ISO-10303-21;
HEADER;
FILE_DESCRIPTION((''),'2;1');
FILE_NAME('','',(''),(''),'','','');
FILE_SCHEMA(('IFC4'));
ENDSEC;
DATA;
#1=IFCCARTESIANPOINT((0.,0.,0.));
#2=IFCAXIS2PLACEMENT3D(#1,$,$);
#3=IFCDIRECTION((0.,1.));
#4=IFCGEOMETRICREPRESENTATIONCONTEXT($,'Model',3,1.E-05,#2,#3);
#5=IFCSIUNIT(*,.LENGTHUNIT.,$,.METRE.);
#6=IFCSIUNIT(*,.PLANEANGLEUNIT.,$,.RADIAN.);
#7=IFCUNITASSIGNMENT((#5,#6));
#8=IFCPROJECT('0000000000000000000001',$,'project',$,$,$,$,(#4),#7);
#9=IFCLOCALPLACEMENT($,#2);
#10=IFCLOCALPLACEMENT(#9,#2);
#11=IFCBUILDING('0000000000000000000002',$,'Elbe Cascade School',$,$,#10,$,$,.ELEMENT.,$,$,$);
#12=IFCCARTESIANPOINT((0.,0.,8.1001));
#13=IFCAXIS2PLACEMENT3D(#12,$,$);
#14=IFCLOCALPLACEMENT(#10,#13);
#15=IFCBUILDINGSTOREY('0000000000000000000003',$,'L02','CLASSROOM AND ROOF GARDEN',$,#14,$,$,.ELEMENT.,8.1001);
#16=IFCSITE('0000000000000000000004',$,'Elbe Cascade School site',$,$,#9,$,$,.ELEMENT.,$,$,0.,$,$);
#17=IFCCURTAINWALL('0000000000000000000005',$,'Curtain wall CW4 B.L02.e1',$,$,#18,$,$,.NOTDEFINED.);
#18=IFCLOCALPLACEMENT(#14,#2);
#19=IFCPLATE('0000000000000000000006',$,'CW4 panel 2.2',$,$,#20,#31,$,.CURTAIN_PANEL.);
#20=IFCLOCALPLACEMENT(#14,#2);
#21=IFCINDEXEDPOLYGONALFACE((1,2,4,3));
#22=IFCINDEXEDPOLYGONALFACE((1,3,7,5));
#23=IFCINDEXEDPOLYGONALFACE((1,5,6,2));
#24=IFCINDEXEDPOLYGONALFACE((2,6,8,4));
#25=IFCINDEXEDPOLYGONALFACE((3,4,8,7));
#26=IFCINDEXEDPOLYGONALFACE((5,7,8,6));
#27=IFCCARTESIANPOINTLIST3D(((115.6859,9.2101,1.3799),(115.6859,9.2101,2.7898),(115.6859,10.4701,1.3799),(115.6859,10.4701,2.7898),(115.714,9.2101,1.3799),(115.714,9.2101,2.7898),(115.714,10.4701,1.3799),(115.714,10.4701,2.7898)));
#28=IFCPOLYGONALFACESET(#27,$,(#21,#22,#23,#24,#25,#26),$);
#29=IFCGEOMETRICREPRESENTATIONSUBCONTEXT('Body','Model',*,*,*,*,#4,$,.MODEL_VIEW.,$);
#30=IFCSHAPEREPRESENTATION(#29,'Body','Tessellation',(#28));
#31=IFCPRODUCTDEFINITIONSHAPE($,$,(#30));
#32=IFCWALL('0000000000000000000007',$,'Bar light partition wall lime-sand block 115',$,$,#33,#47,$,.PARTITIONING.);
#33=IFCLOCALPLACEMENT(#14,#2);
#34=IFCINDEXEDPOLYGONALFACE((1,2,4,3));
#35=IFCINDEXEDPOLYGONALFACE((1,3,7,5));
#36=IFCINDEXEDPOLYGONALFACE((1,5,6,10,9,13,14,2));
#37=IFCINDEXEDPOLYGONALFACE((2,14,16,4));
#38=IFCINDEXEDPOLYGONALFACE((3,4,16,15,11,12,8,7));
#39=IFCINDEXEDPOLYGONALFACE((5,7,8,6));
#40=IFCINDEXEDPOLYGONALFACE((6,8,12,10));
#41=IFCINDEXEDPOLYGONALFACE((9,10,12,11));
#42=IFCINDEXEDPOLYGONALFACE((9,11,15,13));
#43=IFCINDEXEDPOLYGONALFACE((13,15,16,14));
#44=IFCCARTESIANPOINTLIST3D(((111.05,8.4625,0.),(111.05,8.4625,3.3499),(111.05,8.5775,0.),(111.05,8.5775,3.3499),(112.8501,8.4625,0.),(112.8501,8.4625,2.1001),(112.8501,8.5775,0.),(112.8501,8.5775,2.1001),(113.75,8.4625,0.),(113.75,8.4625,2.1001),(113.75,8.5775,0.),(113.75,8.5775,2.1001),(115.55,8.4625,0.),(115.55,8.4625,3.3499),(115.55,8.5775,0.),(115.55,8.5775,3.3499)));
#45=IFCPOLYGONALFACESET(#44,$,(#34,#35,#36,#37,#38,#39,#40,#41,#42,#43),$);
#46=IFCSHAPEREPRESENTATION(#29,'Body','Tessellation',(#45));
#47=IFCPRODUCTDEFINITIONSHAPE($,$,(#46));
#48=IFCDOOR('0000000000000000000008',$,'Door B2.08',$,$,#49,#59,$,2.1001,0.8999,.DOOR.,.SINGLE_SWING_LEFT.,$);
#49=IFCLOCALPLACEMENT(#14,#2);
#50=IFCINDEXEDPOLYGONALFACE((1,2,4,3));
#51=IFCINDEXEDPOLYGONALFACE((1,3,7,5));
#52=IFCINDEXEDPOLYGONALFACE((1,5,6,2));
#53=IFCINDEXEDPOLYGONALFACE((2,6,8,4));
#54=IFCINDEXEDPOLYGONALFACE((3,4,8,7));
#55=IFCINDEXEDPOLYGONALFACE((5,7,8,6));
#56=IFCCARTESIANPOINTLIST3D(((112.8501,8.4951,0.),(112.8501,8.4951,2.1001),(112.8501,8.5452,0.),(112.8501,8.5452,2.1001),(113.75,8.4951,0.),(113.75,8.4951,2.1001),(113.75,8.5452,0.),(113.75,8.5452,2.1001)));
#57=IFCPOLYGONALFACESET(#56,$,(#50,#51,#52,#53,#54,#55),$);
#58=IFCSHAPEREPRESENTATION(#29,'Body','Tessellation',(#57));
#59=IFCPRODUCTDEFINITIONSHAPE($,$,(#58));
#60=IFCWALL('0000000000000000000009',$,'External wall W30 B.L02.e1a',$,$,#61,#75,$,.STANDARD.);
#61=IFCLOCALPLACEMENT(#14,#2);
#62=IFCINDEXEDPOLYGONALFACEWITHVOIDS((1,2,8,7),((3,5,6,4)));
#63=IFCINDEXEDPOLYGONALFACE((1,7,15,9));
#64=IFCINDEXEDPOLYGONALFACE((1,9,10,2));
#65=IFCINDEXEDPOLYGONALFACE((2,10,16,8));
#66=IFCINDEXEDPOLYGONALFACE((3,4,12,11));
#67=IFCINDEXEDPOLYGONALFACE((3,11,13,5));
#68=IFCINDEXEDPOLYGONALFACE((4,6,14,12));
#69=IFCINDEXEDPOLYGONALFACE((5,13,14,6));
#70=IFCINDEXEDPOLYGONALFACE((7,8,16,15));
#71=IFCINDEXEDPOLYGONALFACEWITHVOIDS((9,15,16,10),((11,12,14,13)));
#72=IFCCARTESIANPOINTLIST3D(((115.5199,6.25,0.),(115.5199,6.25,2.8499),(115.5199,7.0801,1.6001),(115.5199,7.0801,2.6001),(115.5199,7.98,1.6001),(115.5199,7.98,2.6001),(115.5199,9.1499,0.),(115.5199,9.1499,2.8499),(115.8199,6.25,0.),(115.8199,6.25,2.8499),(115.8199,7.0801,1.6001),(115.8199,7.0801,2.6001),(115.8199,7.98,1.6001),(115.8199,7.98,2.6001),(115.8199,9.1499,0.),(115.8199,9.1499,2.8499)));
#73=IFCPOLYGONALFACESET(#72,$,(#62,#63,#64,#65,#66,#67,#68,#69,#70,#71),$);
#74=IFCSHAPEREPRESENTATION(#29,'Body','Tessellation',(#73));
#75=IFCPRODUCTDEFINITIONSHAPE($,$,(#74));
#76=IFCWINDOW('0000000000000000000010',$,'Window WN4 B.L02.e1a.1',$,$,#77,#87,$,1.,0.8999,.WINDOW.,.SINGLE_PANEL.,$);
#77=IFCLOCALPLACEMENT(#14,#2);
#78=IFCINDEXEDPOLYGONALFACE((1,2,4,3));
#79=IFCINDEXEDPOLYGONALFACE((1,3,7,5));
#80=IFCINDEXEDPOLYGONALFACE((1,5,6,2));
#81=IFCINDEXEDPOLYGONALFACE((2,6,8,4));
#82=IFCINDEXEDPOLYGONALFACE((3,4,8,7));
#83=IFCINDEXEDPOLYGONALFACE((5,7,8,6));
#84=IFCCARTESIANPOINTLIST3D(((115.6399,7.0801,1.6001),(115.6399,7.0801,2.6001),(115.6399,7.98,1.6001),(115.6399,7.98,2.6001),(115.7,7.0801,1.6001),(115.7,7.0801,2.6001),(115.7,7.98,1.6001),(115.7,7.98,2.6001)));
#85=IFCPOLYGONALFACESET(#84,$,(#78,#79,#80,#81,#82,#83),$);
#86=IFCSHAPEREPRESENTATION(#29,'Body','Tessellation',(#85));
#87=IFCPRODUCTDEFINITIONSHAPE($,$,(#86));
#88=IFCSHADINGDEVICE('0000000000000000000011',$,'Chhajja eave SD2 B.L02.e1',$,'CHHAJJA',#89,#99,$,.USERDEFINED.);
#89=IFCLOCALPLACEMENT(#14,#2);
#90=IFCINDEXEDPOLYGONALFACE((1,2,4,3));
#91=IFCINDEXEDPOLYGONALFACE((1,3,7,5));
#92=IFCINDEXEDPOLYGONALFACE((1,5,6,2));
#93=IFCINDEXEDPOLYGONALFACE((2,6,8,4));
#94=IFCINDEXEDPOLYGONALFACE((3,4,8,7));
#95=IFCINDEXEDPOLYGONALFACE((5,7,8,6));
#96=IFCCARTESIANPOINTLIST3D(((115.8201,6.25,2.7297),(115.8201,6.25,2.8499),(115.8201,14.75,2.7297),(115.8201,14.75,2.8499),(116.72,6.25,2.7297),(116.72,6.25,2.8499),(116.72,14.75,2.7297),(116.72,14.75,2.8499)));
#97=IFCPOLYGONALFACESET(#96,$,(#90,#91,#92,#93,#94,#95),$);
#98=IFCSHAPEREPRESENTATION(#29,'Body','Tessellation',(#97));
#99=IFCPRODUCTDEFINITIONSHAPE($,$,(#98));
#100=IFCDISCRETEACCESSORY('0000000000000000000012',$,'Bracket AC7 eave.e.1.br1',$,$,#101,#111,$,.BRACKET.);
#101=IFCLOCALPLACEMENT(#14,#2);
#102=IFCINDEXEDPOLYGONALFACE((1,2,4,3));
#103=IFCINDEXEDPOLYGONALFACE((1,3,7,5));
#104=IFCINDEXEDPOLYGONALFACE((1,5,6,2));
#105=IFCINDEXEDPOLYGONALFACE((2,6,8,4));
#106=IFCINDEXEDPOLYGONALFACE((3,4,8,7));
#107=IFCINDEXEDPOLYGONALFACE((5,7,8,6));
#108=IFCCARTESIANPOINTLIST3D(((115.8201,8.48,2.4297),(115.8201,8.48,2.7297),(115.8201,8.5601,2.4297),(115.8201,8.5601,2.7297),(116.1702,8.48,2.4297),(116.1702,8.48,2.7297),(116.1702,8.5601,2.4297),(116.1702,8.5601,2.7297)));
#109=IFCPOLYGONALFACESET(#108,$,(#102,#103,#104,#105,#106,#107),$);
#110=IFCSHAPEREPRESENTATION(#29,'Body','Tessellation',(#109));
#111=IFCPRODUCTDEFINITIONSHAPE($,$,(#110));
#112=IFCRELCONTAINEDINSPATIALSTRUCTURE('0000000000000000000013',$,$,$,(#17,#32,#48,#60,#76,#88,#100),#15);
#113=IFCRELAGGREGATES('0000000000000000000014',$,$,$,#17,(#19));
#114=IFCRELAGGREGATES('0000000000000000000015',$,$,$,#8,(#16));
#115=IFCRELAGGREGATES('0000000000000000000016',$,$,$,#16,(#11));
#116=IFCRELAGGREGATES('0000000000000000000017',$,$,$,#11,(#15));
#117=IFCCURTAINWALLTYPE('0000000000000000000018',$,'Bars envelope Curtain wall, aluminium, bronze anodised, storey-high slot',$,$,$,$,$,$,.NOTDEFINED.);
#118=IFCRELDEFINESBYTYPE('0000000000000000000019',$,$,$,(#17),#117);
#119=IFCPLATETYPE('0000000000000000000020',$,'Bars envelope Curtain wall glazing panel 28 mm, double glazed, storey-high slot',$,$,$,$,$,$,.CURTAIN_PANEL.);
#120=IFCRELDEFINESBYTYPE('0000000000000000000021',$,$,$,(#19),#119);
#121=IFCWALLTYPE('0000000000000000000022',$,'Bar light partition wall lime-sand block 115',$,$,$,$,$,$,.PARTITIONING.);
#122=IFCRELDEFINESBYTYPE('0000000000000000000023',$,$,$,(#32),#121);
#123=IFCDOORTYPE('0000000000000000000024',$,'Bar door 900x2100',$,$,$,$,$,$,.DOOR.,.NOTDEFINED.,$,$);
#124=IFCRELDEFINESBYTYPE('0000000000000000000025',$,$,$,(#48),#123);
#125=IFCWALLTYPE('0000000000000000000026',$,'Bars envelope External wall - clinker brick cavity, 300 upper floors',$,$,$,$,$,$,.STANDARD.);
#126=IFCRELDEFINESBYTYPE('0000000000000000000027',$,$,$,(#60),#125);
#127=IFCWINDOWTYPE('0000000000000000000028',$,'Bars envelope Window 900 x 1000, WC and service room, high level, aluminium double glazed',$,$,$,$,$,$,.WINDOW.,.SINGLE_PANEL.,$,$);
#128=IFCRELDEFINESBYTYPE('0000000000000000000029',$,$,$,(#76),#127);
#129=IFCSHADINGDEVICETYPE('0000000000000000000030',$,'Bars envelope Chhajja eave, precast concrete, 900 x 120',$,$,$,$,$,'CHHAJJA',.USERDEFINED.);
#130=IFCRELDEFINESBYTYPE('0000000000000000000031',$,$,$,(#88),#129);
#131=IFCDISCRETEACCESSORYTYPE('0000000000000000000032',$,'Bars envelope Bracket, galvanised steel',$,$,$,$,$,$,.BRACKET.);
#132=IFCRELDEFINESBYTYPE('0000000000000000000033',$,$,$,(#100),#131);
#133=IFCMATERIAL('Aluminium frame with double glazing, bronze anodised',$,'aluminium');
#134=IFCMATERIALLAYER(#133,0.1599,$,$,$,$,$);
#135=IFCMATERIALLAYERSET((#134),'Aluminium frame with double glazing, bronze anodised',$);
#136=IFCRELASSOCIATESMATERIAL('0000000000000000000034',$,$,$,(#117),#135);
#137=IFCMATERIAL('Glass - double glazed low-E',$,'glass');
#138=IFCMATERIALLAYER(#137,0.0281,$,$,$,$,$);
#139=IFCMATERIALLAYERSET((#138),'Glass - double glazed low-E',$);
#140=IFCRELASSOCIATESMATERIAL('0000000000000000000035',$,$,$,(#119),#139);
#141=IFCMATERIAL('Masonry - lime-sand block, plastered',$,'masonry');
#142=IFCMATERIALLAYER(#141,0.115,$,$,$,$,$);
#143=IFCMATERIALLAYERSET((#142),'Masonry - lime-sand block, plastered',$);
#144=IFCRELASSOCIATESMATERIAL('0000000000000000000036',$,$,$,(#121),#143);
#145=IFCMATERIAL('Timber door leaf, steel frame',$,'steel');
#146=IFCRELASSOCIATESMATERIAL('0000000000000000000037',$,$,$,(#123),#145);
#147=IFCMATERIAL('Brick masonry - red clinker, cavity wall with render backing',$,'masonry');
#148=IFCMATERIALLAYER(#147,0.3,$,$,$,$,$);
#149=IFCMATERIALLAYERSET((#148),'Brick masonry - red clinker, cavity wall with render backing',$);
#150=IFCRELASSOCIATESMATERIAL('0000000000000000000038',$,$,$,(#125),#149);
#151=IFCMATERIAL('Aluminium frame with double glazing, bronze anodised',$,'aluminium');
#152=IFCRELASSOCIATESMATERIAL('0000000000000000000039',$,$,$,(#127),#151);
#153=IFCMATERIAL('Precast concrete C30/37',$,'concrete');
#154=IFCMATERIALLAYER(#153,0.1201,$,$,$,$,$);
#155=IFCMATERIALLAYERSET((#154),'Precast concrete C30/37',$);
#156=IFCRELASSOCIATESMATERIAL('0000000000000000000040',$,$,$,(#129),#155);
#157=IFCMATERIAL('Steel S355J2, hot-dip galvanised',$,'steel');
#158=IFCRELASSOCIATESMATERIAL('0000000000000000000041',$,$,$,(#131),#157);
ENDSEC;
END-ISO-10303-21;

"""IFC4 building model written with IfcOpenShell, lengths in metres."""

from ifc_helpers import new_model, si_unit, direction, frame, frame_2d, origin, origin_2d, place, context, subcontext, project, spatial, rectangle, extrude, material, layer, layer_set, type_object, element, fill, aggregate, save


model = new_model("IFC4")

# Units and contexts
model_context = context("Model", 3, precision=1e-05, world=origin(), true_north=direction((0.0, 1.0)))
body_context = subcontext(model_context, "Body", "Model", "MODEL_VIEW")
ifc_project = project(units=[si_unit("LENGTHUNIT", "METRE"), si_unit("PLANEANGLEUNIT", "RADIAN")], contexts=[model_context])

# Site, building, storey
site_placement = place(None, origin())
site = spatial("IfcSite", under=ifc_project, at=site_placement, Name="Elbe Cascade School site", CompositionType="ELEMENT", RefElevation=0.0)
building_placement = place(site_placement, origin())
building = spatial("IfcBuilding", under=site, at=building_placement, Name="Elbe Cascade School", CompositionType="ELEMENT")
storey_placement = place(building_placement, frame((0.0, 0.0, 8.1001)))
storey = spatial("IfcBuildingStorey", under=building, at=storey_placement, Name="L02", Description="CLASSROOM AND ROOF GARDEN", CompositionType="ELEMENT", Elevation=8.1001)

# Curtain wall
ifc_material_1 = material(Name="Aluminium frame with double glazing, bronze anodised", Category="aluminium")
ifc_layer_1 = layer(ifc_material_1, 0.1599)
ifc_layer_set_1 = layer_set([ifc_layer_1], Name="Aluminium frame with double glazing, bronze anodised")
curtain_wall_type = type_object("IfcCurtainWallType", Name="Bars envelope Curtain wall, aluminium, bronze anodised, storey-high slot", PredefinedType="NOTDEFINED", material=ifc_layer_set_1)
curtain_wall_placement = place(storey_placement, origin())
curtain_wall = element("IfcCurtainWall", 1, at=curtain_wall_placement, inside=storey, type_object=curtain_wall_type, Name="Curtain wall CW4 B.L02.e1", PredefinedType="NOTDEFINED")

# Plate
ifc_material_2 = material(Name="Glass - double glazed low-E", Category="glass")
ifc_layer_2 = layer(ifc_material_2, 0.0281)
ifc_layer_set_2 = layer_set([ifc_layer_2], Name="Glass - double glazed low-E")
plate_type = type_object("IfcPlateType", Name="Bars envelope Curtain wall glazing panel 28 mm, double glazed, storey-high slot", PredefinedType="CURTAIN_PANEL", material=ifc_layer_set_2)
plate_1_placement = place(storey_placement, frame((115.7, 9.8401, 1.3799), z_axis=(0.0, 0.0, 1.0), x_axis=(0.0, -1.0, 0.0)))
plate_1 = element("IfcPlate", 2, at=plate_1_placement, type_object=plate_type, Name="CW4 panel 2.2", PredefinedType="CURTAIN_PANEL", context=body_context, shape_type="SweptSolid", body=[
    extrude(rectangle(XDim=1.26, YDim=0.0281, at=origin_2d()), origin(), (0.0, 0.0, 1.0), 1.4099),
])
aggregate(curtain_wall, [plate_1])

# Wall, opening, door
ifc_material_3 = material(Name="Masonry - lime-sand block, plastered", Category="masonry")
ifc_layer_3 = layer(ifc_material_3, 0.115)
ifc_layer_set_3 = layer_set([ifc_layer_3], Name="Masonry - lime-sand block, plastered")
wall_type_1 = type_object("IfcWallType", Name="Bar light partition wall lime-sand block 115", PredefinedType="PARTITIONING", material=ifc_layer_set_3)
wall_1_placement = place(storey_placement, frame((115.55, 8.52, 0.0), z_axis=(0.0, 0.0, 1.0), x_axis=(-1.0, 0.0, 0.0)))
wall_1 = element("IfcWall", 3, at=wall_1_placement, inside=storey, type_object=wall_type_1, Name="Bar light partition wall lime-sand block 115", PredefinedType="PARTITIONING", context=body_context, shape_type="SweptSolid", body=[
    extrude(rectangle(XDim=4.5, YDim=0.115, at=frame_2d((2.25, 0.0))), origin(), (0.0, 0.0, 1.0), 3.3499),
])
opening_1_placement = place(wall_1_placement, frame((1.8, 0.0, 0.0)))
opening_1 = element("IfcOpeningElement", 4, at=opening_1_placement, cuts=wall_1, PredefinedType="OPENING", context=body_context, shape_type="SweptSolid", body=[
    extrude(rectangle(XDim=0.8999, YDim=2.1001, at=frame_2d((0.45, 1.05))), frame((0.0, 0.0674, 0.0), z_axis=(0.0, -1.0, 0.0), x_axis=(1.0, 0.0, 0.0)), (0.0, 0.0, 1.0), 0.135),
])
ifc_material_4 = material(Name="Timber door leaf, steel frame", Category="steel")
door_type = type_object("IfcDoorType", Name="Bar door 900x2100", OperationType="NOTDEFINED", PredefinedType="DOOR", material=ifc_material_4)
door_placement = place(opening_1_placement, origin())
door = element("IfcDoor", 5, at=door_placement, inside=storey, type_object=door_type, Name="Door B2.08", OperationType="SINGLE_SWING_LEFT", OverallHeight=2.1001, OverallWidth=0.8999, PredefinedType="DOOR", context=body_context, shape_type="SweptSolid", body=[
    extrude(rectangle(XDim=0.8999, YDim=2.1001, at=frame_2d((0.45, 1.05))), frame((0.0, 0.0249, 0.0), z_axis=(0.0, -1.0, 0.0), x_axis=(1.0, 0.0, 0.0)), (0.0, 0.0, 1.0), 0.05),
])
fill(opening_1, door)

# Wall, opening, window
ifc_material_5 = material(Name="Brick masonry - red clinker, cavity wall with render backing", Category="masonry")
ifc_layer_4 = layer(ifc_material_5, 0.3)
ifc_layer_set_4 = layer_set([ifc_layer_4], Name="Brick masonry - red clinker, cavity wall with render backing")
wall_type_2 = type_object("IfcWallType", Name="Bars envelope External wall - clinker brick cavity, 300 upper floors", PredefinedType="STANDARD", material=ifc_layer_set_4)
wall_2_placement = place(storey_placement, frame((115.6699, 9.1499, 0.0), z_axis=(0.0, 0.0, 1.0), x_axis=(0.0, -1.0, 0.0)))
wall_2 = element("IfcWall", 6, at=wall_2_placement, inside=storey, type_object=wall_type_2, Name="External wall W30 B.L02.e1a", PredefinedType="STANDARD", context=body_context, shape_type="SweptSolid", body=[
    extrude(rectangle(XDim=2.8999, YDim=0.3, at=frame_2d((1.45, 0.0))), origin(), (0.0, 0.0, 1.0), 2.8499),
])
opening_2_placement = place(wall_2_placement, frame((1.1699, 0.0, 1.6001)))
opening_2 = element("IfcOpeningElement", 7, at=opening_2_placement, cuts=wall_2, PredefinedType="OPENING", context=body_context, shape_type="SweptSolid", body=[
    extrude(rectangle(XDim=0.8999, YDim=1.0, at=frame_2d((0.45, 0.5))), frame((0.0, 0.1599, 0.0), z_axis=(0.0, -1.0, 0.0), x_axis=(1.0, 0.0, 0.0)), (0.0, 0.0, 1.0), 0.3201),
])
ifc_material_6 = material(Name="Aluminium frame with double glazing, bronze anodised", Category="aluminium")
window_type = type_object("IfcWindowType", Name="Bars envelope Window 900 x 1000, WC and service room, high level, aluminium double glazed", PartitioningType="SINGLE_PANEL", PredefinedType="WINDOW", material=ifc_material_6)
window_placement = place(opening_2_placement, origin())
window = element("IfcWindow", 8, at=window_placement, inside=storey, type_object=window_type, Name="Window WN4 B.L02.e1a.1", OverallHeight=1.0, OverallWidth=0.8999, PartitioningType="SINGLE_PANEL", PredefinedType="WINDOW", context=body_context, shape_type="SweptSolid", body=[
    extrude(rectangle(XDim=0.8999, YDim=1.0, at=frame_2d((0.45, 0.5))), frame((0.0, 0.03, 0.0), z_axis=(0.0, -1.0, 0.0), x_axis=(1.0, 0.0, 0.0)), (0.0, 0.0, 1.0), 0.0601),
])
fill(opening_2, window)

# Shading device
ifc_material_7 = material(Name="Precast concrete C30/37", Category="concrete")
ifc_layer_5 = layer(ifc_material_7, 0.1201)
ifc_layer_set_5 = layer_set([ifc_layer_5], Name="Precast concrete C30/37")
shading_device_type = type_object("IfcShadingDeviceType", Name="Bars envelope Chhajja eave, precast concrete, 900 x 120", ElementType="CHHAJJA", PredefinedType="USERDEFINED", material=ifc_layer_set_5)
shading_device_placement = place(storey_placement, frame((116.27, 10.5, 2.7297), z_axis=(0.0, 0.0, 1.0), x_axis=(0.0, 1.0, 0.0)))
element("IfcShadingDevice", 9, at=shading_device_placement, inside=storey, type_object=shading_device_type, Name="Chhajja eave SD2 B.L02.e1", ObjectType="CHHAJJA", PredefinedType="USERDEFINED", context=body_context, shape_type="SweptSolid", body=[
    extrude(rectangle(XDim=8.5, YDim=0.8999, at=origin_2d()), origin(), (0.0, 0.0, 1.0), 0.1201),
])

# Discrete accessory
ifc_material_8 = material(Name="Steel S355J2, hot-dip galvanised", Category="steel")
discrete_accessory_type = type_object("IfcDiscreteAccessoryType", Name="Bars envelope Bracket, galvanised steel", PredefinedType="BRACKET", material=ifc_material_8)
discrete_accessory_placement = place(storey_placement, frame((115.9951, 8.52, 2.4297), z_axis=(0.0, 0.0, 1.0), x_axis=(0.0, 1.0, 0.0)))
element("IfcDiscreteAccessory", 10, at=discrete_accessory_placement, inside=storey, type_object=discrete_accessory_type, Name="Bracket AC7 eave.e.1.br1", PredefinedType="BRACKET", context=body_context, shape_type="SweptSolid", body=[
    extrude(rectangle(XDim=0.0801, YDim=0.3501, at=origin_2d()), origin(), (0.0, 0.0, 1.0), 0.3),
])

save(model, "model.ifc")
